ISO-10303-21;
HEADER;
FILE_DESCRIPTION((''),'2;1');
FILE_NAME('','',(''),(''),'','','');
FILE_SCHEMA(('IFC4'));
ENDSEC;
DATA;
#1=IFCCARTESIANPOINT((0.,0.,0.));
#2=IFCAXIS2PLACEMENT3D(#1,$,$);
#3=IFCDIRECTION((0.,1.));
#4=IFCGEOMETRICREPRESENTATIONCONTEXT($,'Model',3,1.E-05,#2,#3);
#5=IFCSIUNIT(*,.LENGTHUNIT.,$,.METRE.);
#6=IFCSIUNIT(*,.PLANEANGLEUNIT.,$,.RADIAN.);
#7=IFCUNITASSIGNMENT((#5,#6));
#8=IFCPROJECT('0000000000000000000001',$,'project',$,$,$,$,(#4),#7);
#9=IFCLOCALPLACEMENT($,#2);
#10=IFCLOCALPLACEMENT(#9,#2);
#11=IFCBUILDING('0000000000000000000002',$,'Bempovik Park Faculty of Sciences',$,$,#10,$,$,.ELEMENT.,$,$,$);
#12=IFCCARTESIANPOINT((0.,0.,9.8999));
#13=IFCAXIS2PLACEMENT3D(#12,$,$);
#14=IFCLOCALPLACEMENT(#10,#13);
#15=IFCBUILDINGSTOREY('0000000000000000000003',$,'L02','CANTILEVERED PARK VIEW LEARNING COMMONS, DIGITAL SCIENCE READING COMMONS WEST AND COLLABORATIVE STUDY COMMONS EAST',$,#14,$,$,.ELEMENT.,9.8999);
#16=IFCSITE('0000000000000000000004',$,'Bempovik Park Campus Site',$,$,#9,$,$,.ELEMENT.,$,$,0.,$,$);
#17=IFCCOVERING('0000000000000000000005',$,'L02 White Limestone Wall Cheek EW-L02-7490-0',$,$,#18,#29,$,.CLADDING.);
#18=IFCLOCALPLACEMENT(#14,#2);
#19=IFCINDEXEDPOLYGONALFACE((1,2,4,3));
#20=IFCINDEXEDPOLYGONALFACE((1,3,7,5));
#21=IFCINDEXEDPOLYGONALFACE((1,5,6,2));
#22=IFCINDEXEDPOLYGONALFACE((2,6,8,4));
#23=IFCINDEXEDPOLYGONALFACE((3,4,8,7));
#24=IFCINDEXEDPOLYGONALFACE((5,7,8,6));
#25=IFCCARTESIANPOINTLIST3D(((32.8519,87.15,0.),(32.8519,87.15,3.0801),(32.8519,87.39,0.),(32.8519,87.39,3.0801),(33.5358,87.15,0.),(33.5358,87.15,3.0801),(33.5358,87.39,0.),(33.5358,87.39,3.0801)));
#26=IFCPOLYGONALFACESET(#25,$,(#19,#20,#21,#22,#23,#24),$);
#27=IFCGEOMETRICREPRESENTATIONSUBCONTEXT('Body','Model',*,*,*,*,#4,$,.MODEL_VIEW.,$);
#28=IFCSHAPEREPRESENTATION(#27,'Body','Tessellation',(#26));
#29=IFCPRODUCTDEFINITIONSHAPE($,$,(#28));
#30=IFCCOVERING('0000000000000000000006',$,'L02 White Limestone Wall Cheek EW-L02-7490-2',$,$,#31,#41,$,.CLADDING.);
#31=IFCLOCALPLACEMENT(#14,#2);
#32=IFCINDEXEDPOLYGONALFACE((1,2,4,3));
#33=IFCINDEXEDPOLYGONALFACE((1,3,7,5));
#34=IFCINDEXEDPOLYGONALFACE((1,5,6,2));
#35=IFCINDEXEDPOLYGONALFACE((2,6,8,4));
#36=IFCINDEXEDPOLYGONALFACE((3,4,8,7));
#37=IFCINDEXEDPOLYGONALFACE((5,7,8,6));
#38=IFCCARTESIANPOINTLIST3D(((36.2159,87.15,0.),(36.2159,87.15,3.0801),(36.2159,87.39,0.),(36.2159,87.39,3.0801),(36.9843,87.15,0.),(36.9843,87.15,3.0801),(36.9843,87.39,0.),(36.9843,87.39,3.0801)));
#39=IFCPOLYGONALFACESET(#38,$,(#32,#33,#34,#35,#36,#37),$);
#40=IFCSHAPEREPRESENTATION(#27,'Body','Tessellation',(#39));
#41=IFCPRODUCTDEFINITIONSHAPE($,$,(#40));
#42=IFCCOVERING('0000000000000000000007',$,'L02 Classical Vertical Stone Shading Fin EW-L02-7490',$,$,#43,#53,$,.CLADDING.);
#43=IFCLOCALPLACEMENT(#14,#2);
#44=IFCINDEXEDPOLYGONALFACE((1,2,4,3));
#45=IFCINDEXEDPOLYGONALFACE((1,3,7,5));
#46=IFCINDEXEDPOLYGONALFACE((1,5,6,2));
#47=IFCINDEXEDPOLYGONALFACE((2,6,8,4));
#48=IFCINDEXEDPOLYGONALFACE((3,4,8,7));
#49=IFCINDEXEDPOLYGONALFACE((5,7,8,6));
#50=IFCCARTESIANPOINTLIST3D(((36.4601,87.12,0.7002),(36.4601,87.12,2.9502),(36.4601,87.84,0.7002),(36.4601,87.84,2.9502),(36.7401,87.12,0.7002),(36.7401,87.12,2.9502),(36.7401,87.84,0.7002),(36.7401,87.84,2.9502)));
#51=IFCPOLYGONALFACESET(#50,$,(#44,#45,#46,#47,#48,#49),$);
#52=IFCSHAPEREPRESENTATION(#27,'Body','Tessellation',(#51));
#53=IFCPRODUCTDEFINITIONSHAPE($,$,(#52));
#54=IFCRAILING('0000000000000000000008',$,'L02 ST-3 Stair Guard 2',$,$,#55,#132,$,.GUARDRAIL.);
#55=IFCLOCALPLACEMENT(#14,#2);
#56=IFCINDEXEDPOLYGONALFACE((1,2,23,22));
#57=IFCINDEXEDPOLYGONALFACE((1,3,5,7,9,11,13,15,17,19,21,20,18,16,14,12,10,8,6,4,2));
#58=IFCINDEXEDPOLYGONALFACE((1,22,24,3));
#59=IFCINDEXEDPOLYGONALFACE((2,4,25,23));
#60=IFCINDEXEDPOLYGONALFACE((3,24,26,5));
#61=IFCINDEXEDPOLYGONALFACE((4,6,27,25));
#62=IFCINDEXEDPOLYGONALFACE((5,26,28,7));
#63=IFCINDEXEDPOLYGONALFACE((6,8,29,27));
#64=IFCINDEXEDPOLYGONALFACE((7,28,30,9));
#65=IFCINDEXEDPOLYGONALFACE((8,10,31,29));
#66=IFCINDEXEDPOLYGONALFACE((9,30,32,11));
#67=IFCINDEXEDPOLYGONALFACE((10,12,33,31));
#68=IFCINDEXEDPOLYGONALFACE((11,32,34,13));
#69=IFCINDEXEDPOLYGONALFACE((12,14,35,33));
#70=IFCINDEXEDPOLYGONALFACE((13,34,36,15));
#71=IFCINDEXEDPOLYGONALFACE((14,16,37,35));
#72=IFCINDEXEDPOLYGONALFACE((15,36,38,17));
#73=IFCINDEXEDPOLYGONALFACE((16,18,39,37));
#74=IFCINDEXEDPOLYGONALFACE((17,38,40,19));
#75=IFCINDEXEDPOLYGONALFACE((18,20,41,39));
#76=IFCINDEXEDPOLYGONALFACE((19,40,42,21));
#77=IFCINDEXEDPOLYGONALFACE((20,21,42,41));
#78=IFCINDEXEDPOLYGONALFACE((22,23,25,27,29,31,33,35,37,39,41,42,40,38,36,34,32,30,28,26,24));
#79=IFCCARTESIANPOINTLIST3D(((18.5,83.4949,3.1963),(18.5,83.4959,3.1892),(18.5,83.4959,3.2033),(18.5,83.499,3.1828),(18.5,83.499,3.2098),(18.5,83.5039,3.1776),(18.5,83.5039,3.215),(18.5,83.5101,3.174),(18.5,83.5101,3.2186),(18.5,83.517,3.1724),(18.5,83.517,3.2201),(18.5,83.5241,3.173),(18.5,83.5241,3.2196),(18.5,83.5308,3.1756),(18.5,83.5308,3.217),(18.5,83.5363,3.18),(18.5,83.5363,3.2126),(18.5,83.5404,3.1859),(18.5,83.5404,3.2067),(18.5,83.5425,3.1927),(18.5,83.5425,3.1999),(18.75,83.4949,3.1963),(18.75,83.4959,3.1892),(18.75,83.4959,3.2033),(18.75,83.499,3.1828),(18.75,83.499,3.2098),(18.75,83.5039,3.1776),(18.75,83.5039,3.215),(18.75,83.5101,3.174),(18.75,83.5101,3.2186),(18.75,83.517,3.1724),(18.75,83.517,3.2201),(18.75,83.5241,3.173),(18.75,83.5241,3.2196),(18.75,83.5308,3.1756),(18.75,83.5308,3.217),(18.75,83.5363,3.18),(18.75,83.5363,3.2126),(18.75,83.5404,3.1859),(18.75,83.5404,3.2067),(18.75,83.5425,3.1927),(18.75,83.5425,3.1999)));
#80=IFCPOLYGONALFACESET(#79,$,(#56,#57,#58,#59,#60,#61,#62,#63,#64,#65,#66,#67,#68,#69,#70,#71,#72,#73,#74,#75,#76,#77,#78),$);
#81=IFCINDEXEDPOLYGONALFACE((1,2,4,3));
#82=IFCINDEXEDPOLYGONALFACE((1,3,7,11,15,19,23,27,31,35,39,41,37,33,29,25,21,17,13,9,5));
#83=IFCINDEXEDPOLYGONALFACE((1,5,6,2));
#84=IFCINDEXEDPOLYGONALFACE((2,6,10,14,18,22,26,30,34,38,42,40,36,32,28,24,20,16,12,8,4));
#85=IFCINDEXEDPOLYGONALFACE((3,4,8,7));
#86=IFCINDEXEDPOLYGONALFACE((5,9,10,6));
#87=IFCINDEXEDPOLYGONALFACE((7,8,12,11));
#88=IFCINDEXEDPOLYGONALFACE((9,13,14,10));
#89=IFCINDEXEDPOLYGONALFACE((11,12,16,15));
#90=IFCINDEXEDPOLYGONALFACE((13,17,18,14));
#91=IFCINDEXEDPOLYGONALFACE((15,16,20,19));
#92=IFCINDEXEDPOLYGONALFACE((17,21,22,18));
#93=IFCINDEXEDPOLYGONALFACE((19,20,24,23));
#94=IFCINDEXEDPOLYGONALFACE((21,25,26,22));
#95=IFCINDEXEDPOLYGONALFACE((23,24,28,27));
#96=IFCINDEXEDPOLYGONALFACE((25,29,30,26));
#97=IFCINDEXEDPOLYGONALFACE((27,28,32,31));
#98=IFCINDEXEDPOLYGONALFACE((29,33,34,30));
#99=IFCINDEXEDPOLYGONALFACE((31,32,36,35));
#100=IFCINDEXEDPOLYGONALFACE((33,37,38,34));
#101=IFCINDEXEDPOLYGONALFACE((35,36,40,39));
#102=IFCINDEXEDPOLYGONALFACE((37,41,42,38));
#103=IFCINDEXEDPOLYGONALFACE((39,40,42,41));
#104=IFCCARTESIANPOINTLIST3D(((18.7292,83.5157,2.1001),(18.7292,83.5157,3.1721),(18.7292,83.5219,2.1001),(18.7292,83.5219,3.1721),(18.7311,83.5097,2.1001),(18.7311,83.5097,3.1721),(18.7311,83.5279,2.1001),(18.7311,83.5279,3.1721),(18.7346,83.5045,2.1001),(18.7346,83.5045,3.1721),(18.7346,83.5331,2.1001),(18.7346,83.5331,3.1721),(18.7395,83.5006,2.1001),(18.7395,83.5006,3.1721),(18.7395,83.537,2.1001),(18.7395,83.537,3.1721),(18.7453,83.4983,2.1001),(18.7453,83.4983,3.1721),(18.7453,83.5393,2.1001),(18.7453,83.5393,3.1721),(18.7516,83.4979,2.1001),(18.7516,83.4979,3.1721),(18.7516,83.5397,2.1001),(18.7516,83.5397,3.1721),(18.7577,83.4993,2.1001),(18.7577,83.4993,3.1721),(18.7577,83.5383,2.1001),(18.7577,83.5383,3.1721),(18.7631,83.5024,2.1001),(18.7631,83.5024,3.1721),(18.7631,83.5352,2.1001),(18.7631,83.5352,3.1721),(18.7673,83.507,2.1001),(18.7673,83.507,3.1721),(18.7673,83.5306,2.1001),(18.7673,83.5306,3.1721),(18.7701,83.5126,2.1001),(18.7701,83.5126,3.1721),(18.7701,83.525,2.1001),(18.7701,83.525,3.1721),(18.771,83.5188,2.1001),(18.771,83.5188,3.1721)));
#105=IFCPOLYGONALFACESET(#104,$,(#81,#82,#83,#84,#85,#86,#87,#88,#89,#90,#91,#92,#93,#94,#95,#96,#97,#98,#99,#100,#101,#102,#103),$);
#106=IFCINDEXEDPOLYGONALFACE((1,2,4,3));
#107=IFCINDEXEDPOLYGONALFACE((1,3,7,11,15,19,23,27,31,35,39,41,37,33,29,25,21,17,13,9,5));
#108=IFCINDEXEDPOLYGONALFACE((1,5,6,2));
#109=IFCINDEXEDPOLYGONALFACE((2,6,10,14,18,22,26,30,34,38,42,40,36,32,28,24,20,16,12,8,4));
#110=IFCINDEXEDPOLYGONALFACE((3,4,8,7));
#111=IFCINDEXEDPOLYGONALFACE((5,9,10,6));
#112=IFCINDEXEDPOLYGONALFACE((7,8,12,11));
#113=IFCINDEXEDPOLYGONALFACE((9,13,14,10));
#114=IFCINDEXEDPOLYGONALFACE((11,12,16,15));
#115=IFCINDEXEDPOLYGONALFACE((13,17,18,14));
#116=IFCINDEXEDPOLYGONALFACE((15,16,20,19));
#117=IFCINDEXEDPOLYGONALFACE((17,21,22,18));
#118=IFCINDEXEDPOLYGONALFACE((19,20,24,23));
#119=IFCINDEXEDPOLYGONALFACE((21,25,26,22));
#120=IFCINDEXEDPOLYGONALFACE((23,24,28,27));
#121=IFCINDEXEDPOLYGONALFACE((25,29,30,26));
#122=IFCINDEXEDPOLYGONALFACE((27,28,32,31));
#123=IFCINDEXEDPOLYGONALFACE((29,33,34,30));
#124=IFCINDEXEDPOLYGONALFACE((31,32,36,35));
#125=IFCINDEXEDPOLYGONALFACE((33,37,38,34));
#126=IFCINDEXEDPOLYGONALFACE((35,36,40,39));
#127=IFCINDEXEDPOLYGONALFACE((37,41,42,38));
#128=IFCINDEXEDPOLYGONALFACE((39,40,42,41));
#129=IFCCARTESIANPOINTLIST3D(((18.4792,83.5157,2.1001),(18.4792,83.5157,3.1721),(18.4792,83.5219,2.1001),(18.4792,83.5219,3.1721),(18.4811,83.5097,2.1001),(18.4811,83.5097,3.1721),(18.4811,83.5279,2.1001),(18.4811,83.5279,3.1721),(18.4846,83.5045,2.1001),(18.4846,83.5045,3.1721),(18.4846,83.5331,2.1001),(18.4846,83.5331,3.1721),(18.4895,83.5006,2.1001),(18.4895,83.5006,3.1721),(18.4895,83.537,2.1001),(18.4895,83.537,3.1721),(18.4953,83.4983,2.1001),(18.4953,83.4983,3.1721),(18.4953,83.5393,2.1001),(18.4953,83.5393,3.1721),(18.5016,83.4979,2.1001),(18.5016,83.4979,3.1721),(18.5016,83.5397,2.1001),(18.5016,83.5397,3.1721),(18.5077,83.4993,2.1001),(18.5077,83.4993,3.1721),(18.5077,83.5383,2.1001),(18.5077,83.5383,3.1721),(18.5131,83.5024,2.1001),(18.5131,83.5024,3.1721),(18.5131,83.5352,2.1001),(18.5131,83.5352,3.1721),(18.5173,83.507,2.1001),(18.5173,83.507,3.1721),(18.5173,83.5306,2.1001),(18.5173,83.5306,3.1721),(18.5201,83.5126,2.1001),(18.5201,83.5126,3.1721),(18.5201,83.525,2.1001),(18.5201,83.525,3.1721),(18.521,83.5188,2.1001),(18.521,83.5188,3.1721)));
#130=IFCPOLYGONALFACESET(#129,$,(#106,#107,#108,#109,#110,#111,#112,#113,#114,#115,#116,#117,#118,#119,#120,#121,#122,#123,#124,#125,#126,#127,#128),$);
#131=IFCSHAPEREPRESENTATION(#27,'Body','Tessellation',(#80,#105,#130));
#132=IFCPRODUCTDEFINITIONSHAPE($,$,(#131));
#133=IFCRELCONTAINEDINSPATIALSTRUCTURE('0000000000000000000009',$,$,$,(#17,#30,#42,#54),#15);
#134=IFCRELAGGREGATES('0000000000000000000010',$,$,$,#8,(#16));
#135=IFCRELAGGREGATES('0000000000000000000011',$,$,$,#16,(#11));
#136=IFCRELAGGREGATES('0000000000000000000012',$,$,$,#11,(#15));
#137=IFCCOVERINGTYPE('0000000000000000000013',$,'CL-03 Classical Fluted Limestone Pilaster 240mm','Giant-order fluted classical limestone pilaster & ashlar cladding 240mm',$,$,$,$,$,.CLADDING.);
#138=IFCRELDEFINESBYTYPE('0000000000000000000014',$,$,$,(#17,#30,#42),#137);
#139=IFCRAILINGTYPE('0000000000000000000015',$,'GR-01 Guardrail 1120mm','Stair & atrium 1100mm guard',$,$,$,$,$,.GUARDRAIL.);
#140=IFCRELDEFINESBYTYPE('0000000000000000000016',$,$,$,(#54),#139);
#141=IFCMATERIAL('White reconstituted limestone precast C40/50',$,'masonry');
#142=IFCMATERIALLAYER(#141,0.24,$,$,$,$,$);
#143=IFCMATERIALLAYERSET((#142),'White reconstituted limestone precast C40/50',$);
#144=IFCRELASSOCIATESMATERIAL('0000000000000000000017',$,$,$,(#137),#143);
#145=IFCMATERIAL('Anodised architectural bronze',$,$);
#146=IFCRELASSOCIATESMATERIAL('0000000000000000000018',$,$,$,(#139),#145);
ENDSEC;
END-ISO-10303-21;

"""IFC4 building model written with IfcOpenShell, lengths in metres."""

from ifc_helpers import new_model, si_unit, direction, frame, origin, origin_2d, place, context, subcontext, project, spatial, rectangle, circle, extrude, material, layer, layer_set, type_object, element, save


model = new_model("IFC4")

# Units and contexts
model_context = context("Model", 3, precision=1e-05, world=origin(), true_north=direction((0.0, 1.0)))
body_context = subcontext(model_context, "Body", "Model", "MODEL_VIEW")
ifc_project = project(units=[si_unit("LENGTHUNIT", "METRE"), si_unit("PLANEANGLEUNIT", "RADIAN")], contexts=[model_context])

# Site, building, storey
site_placement = place(None, origin())
site = spatial("IfcSite", under=ifc_project, at=site_placement, Name="Bempovik Park Campus Site", CompositionType="ELEMENT", RefElevation=0.0)
building_placement = place(site_placement, origin())
building = spatial("IfcBuilding", under=site, at=building_placement, Name="Bempovik Park Faculty of Sciences", CompositionType="ELEMENT")
storey_placement = place(building_placement, frame((0.0, 0.0, 9.8999)))
storey = spatial("IfcBuildingStorey", under=building, at=storey_placement, Name="L02", Description="CANTILEVERED PARK VIEW LEARNING COMMONS, DIGITAL SCIENCE READING COMMONS WEST AND COLLABORATIVE STUDY COMMONS EAST", CompositionType="ELEMENT", Elevation=9.8999)

# Coverings
ifc_material_1 = material(Name="White reconstituted limestone precast C40/50", Category="masonry")
ifc_layer_1 = layer(ifc_material_1, 0.24)
ifc_layer_set_1 = layer_set([ifc_layer_1], Name="White reconstituted limestone precast C40/50")
covering_type_1 = type_object("IfcCoveringType", Name="CL-03 Classical Fluted Limestone Pilaster 240mm", Description="Giant-order fluted classical limestone pilaster & ashlar cladding 240mm", PredefinedType="CLADDING", material=ifc_layer_set_1)
covering_1_placement = place(storey_placement, frame((33.1938, 87.27, 0.0), z_axis=(0.0, 0.0, 1.0), x_axis=(1.0, 0.0, 0.0)))
element("IfcCovering", 1, at=covering_1_placement, inside=storey, type_object=covering_type_1, Name="L02 White Limestone Wall Cheek EW-L02-7490-0", PredefinedType="CLADDING", context=body_context, shape_type="SweptSolid", body=[
    extrude(rectangle(XDim=0.6838, YDim=0.24, at=origin_2d()), origin(), (0.0, 0.0, 1.0), 3.0801),
])
covering_2_placement = place(storey_placement, frame((36.6001, 87.27, 0.0), z_axis=(0.0, 0.0, 1.0), x_axis=(1.0, 0.0, 0.0)))
element("IfcCovering", 2, at=covering_2_placement, inside=storey, type_object=covering_type_1, Name="L02 White Limestone Wall Cheek EW-L02-7490-2", PredefinedType="CLADDING", context=body_context, shape_type="SweptSolid", body=[
    extrude(rectangle(XDim=0.7683, YDim=0.24, at=origin_2d()), origin(), (0.0, 0.0, 1.0), 3.0801),
])
covering_3_placement = place(storey_placement, frame((36.6001, 87.48, 0.7002), z_axis=(0.0, 0.0, 1.0), x_axis=(1.0, 0.0, 0.0)))
element("IfcCovering", 3, at=covering_3_placement, inside=storey, type_object=covering_type_1, Name="L02 Classical Vertical Stone Shading Fin EW-L02-7490", PredefinedType="CLADDING", context=body_context, shape_type="SweptSolid", body=[
    extrude(rectangle(XDim=0.28, YDim=0.72, at=origin_2d()), origin(), (0.0, 0.0, 1.0), 2.25),
])

# Railing
ifc_material_2 = material(Name="Anodised architectural bronze")
railing_type = type_object("IfcRailingType", Name="GR-01 Guardrail 1120mm", Description="Stair & atrium 1100mm guard", PredefinedType="GUARDRAIL", material=ifc_material_2)
railing_1_placement = place(storey_placement, frame((18.75, 83.5188, 2.1001)))
element("IfcRailing", 4, at=railing_1_placement, inside=storey, type_object=railing_type, Name="L02 ST-3 Stair Guard 2", PredefinedType="GUARDRAIL", context=body_context, shape_type="SweptSolid", body=[
    extrude(circle(Radius=0.0239, at=origin_2d()), frame((0.0, 0.0, 1.0962), z_axis=(-1.0, 0.0, 0.0), x_axis=(0.0, -1.0, 0.0)), (0.0, 0.0, 1.0), 0.25),
    extrude(circle(Radius=0.021, at=origin_2d()), origin(), (0.0, 0.0, 1.0), 1.072),
    extrude(circle(Radius=0.021, at=origin_2d()), frame((-0.25, 0.0, 0.0)), (0.0, 0.0, 1.0), 1.072),
])

save(model, "model.ifc")
